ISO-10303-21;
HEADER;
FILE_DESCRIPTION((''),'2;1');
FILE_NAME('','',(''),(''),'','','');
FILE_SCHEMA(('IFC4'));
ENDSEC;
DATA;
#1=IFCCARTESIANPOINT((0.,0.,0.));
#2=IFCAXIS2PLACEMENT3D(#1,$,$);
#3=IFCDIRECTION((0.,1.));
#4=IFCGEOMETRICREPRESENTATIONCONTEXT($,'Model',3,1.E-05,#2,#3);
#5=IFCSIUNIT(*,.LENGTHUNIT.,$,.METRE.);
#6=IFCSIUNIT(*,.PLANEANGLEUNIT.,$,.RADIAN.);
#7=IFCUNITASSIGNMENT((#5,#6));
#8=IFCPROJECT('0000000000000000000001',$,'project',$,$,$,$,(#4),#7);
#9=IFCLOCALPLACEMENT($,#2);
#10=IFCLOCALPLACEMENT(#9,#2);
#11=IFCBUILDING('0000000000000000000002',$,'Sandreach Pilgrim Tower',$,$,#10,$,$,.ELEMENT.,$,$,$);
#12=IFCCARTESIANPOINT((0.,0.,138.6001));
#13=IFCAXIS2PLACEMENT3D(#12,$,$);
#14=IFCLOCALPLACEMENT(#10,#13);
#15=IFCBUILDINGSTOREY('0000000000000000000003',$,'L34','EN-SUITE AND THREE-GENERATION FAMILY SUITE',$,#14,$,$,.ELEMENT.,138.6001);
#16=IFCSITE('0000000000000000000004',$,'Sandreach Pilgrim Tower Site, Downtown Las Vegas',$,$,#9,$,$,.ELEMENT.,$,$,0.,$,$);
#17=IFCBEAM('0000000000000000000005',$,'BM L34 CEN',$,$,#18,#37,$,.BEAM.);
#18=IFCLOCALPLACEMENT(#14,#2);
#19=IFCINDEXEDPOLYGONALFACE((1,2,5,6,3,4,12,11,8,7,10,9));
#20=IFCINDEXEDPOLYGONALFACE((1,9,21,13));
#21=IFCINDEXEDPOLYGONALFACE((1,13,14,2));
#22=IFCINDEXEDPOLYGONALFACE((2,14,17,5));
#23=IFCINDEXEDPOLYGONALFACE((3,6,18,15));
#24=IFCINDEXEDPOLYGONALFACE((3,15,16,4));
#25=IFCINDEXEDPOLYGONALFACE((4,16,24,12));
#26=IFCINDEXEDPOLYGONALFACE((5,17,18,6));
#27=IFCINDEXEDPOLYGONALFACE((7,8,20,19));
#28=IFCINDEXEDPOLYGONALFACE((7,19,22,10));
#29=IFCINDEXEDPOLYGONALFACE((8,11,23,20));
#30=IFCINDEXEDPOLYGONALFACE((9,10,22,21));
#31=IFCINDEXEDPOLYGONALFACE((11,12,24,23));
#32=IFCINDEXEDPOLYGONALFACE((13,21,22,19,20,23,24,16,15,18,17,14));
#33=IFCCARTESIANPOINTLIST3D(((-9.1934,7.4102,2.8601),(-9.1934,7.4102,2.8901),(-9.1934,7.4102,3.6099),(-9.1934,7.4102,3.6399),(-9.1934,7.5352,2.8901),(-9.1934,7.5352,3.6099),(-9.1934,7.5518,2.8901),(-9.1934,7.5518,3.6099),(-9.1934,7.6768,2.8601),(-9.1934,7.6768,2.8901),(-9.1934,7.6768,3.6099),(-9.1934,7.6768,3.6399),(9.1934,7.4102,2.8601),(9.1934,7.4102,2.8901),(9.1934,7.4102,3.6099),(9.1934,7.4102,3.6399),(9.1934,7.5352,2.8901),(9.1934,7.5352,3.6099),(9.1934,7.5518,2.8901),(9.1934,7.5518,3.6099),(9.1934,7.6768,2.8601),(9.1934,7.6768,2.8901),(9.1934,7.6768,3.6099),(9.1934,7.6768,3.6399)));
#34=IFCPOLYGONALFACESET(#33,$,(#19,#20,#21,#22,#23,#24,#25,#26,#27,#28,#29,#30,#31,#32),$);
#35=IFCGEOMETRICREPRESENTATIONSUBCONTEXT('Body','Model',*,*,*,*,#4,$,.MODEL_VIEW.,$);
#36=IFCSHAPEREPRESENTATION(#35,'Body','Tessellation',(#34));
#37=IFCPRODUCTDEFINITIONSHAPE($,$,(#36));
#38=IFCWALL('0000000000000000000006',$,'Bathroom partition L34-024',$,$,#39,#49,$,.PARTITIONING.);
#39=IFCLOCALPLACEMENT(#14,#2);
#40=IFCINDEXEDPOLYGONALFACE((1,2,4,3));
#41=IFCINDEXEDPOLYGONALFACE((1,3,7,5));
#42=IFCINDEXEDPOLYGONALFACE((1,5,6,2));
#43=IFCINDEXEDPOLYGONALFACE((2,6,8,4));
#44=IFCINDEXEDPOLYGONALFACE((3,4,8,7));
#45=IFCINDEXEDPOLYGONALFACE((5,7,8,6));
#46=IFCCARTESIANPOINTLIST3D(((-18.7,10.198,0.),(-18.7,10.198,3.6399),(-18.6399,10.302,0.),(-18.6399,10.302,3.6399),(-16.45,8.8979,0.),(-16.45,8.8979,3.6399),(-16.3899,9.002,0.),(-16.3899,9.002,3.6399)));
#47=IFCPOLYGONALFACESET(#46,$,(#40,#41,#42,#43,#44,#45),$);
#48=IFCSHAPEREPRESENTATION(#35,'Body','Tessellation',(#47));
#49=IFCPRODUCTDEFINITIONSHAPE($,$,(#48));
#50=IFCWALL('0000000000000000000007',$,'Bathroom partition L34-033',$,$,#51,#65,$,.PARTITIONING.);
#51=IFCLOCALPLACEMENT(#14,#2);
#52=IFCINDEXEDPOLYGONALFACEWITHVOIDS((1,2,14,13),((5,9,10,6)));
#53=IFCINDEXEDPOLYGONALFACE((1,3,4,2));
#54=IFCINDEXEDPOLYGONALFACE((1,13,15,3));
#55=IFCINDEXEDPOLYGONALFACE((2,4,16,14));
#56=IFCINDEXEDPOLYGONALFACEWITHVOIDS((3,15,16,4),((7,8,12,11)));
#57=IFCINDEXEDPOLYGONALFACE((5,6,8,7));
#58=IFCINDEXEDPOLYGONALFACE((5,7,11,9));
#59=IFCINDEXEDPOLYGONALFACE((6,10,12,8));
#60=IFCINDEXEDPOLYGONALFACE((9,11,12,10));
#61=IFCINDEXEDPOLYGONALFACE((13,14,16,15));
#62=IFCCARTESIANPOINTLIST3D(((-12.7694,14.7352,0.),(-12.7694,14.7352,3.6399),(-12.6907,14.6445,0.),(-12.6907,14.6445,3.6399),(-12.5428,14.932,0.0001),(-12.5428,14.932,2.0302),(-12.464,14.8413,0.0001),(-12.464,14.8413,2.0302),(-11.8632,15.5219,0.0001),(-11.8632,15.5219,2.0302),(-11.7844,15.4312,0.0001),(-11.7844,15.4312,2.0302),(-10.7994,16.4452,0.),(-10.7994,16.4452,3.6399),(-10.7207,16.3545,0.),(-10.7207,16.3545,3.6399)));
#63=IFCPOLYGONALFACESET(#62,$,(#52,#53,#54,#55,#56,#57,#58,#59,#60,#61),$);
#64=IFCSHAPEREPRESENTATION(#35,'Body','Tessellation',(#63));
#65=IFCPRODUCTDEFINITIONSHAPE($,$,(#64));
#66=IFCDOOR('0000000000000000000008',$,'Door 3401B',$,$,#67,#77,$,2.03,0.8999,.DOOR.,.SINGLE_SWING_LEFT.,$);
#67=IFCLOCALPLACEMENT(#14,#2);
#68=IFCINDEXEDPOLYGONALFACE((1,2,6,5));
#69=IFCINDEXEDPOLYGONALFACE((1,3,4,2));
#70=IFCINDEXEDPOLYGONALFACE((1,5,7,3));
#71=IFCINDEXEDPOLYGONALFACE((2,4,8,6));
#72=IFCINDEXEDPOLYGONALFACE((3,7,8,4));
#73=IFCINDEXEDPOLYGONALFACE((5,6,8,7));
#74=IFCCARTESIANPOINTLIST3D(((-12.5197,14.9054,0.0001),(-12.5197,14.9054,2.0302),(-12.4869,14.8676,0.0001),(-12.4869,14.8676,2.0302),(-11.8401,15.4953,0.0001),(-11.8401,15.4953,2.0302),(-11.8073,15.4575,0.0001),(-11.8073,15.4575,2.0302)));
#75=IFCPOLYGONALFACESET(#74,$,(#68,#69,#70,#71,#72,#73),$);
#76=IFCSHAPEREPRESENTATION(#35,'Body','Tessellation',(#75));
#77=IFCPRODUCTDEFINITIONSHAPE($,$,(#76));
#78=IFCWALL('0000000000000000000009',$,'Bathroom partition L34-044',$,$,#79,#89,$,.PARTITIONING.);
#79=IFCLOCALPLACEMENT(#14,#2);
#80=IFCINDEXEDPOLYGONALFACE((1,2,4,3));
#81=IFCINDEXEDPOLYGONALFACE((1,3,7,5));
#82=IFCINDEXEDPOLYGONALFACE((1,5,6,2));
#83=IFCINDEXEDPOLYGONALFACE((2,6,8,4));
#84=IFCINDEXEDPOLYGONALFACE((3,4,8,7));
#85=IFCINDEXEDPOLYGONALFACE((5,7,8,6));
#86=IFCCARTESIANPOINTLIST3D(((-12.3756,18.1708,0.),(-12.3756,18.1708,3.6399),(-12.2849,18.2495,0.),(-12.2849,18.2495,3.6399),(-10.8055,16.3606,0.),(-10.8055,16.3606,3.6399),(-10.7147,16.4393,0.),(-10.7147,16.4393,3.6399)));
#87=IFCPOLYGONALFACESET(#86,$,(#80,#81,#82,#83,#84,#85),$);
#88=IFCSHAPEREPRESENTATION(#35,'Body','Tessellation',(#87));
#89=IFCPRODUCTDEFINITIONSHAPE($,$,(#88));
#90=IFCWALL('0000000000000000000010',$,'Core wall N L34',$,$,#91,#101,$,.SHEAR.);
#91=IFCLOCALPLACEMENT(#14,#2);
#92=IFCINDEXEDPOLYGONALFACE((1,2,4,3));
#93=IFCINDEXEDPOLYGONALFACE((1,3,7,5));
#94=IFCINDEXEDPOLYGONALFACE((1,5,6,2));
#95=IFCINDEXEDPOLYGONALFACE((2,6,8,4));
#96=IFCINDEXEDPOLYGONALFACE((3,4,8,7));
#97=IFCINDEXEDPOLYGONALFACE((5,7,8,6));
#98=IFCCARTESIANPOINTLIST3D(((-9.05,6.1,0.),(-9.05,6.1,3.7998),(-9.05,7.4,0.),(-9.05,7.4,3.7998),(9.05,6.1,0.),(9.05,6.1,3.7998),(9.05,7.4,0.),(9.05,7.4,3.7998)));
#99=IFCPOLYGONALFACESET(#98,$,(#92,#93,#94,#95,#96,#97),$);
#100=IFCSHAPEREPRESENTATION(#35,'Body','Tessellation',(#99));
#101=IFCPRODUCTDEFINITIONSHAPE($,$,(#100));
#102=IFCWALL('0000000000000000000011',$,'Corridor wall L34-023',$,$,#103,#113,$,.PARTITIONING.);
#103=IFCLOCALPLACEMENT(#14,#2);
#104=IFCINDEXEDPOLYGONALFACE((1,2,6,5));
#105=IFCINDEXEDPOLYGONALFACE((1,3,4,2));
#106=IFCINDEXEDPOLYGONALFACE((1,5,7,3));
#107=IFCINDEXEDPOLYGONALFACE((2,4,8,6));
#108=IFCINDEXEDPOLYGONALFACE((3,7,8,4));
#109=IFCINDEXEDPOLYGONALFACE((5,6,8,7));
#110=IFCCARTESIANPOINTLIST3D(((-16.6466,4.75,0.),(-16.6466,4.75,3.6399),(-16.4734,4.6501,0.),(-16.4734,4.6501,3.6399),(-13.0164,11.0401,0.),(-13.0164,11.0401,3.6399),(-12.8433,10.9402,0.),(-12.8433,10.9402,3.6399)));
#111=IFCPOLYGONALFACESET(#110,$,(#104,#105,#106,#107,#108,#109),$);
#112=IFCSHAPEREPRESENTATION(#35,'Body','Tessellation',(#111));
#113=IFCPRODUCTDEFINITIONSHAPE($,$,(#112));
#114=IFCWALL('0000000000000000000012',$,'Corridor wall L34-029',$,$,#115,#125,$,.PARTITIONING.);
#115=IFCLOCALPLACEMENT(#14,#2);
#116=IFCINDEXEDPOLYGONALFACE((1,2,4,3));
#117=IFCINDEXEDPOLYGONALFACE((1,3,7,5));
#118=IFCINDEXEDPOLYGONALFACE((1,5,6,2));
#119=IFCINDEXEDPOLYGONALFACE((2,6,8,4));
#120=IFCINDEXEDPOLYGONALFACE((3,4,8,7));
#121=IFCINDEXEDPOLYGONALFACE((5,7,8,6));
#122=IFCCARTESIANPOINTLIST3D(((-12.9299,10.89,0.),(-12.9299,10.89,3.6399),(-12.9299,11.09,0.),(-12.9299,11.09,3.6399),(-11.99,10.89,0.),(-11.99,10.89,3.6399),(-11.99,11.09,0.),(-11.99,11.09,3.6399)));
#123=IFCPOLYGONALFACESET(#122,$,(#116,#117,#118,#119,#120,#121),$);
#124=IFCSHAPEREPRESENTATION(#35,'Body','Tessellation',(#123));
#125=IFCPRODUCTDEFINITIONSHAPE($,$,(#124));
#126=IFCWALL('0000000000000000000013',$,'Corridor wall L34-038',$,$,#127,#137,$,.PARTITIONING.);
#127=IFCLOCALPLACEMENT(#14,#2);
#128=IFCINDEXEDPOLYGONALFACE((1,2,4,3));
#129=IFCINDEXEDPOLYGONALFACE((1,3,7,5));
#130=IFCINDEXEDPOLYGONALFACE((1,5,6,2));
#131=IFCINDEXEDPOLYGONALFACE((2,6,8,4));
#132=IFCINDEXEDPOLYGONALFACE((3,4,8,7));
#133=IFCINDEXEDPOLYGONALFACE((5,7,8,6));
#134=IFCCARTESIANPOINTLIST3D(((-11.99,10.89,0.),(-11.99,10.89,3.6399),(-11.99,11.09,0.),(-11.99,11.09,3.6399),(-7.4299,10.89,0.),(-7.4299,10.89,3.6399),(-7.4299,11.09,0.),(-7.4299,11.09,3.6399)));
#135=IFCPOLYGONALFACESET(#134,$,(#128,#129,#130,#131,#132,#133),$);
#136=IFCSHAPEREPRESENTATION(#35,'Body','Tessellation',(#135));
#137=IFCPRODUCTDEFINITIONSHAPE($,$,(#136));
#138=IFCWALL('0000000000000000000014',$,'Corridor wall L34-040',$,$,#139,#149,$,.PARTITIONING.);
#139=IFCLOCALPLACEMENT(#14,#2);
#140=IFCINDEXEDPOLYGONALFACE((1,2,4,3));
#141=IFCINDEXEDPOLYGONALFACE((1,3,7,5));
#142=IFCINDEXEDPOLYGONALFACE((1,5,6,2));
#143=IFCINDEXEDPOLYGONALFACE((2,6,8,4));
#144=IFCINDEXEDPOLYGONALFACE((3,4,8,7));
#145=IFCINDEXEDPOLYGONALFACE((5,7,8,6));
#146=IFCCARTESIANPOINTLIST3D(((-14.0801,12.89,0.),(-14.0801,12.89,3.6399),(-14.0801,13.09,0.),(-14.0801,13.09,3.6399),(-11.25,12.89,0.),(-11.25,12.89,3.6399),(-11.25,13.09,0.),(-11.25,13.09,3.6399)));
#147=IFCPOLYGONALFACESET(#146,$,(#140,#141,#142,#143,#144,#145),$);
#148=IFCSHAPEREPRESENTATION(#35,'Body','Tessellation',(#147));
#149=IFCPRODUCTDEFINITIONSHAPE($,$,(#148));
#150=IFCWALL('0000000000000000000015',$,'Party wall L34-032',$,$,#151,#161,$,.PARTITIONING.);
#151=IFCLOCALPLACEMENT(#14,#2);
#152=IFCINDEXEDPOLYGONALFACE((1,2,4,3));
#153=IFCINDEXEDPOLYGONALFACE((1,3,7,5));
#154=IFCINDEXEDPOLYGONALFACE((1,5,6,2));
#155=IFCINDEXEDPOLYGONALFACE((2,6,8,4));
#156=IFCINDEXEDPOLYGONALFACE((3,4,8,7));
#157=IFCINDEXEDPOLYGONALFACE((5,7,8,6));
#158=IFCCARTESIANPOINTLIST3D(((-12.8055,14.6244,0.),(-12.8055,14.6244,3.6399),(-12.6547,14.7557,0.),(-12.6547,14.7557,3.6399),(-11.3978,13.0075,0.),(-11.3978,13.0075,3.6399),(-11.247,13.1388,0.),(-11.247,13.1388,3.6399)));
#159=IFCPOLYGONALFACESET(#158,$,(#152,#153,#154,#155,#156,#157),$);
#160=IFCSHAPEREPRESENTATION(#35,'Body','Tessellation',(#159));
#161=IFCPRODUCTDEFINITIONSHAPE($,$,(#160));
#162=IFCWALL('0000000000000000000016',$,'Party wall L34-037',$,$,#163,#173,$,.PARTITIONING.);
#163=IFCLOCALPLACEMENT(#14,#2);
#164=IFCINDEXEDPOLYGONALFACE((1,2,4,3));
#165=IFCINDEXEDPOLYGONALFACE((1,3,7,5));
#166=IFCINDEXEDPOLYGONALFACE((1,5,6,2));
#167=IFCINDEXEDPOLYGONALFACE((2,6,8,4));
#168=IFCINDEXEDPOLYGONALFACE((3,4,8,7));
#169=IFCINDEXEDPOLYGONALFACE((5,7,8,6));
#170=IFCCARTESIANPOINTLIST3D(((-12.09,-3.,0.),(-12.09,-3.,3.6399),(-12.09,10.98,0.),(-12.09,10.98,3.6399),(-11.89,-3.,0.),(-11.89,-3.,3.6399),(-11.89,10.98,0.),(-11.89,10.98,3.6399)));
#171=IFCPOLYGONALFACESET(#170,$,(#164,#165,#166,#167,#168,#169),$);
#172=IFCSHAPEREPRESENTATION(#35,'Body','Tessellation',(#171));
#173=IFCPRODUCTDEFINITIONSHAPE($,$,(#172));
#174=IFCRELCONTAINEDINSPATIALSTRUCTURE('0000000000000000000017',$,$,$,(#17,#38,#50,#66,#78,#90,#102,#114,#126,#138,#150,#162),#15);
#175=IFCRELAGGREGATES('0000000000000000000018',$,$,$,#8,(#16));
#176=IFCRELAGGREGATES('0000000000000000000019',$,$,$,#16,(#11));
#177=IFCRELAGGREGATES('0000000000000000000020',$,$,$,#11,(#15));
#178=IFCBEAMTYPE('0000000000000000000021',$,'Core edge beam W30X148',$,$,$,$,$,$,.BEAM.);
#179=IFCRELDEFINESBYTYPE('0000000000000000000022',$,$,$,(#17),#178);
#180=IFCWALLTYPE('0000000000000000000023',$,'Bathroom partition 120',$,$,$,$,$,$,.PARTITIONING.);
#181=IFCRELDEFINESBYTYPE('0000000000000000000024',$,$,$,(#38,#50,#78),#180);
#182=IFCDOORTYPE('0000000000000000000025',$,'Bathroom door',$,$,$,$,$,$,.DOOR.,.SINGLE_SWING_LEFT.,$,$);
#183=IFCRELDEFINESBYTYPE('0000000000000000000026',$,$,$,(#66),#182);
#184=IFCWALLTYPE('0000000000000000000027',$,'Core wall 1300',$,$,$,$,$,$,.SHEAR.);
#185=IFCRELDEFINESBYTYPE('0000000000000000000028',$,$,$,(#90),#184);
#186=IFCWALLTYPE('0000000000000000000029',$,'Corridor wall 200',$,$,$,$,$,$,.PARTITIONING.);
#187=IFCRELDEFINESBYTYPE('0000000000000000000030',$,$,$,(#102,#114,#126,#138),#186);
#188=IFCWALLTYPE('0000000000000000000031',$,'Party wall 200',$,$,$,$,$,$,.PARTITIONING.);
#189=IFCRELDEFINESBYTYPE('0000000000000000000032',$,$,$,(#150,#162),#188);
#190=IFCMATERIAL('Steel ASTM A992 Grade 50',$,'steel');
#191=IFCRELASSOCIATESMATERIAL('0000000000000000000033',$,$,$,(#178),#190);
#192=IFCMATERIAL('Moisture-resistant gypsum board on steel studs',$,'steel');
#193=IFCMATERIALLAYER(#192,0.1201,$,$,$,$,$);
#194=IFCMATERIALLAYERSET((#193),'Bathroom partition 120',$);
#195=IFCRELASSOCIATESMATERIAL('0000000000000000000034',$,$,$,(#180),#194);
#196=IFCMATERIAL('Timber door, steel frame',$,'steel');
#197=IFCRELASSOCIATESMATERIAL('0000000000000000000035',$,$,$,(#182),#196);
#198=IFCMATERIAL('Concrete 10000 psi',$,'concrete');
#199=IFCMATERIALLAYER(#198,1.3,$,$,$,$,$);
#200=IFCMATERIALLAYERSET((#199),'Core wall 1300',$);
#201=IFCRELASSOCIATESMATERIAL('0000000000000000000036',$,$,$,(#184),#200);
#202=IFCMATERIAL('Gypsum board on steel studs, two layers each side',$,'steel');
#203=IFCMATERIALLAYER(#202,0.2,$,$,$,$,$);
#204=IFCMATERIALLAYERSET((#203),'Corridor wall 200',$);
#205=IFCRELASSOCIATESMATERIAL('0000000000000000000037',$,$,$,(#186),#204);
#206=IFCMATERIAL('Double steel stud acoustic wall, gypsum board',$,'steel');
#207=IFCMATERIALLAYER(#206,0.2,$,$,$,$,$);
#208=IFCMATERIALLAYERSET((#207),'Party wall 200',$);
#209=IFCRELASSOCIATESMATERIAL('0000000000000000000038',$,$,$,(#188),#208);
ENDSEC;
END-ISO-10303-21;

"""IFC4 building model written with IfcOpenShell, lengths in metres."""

from ifc_helpers import new_model, si_unit, direction, frame, frame_2d, origin, origin_2d, place, context, subcontext, project, spatial, rectangle, i_section, extrude, material, layer, layer_set, material_profile, profile_set, type_object, element, fill, save


model = new_model("IFC4")

# Units and contexts
model_context = context("Model", 3, precision=1e-05, world=origin(), true_north=direction((0.0, 1.0)))
body_context = subcontext(model_context, "Body", "Model", "MODEL_VIEW")
ifc_project = project(units=[si_unit("LENGTHUNIT", "METRE"), si_unit("PLANEANGLEUNIT", "RADIAN")], contexts=[model_context])

# Site, building, storey
site_placement = place(None, origin())
site = spatial("IfcSite", under=ifc_project, at=site_placement, Name="Sandreach Pilgrim Tower Site, Downtown Las Vegas", CompositionType="ELEMENT", RefElevation=0.0)
building_placement = place(site_placement, origin())
building = spatial("IfcBuilding", under=site, at=building_placement, Name="Sandreach Pilgrim Tower", CompositionType="ELEMENT")
storey_placement = place(building_placement, frame((0.0, 0.0, 138.6001)))
storey = spatial("IfcBuildingStorey", under=building, at=storey_placement, Name="L34", Description="EN-SUITE AND THREE-GENERATION FAMILY SUITE", CompositionType="ELEMENT", Elevation=138.6001)

# Beam
ifc_material_1 = material(Name="Steel ASTM A992 Grade 50", Category="steel")
ifc_material_profile = material_profile(ifc_material_1, i_section(OverallWidth=0.2666, OverallDepth=0.7798, WebThickness=0.0166, FlangeThickness=0.03, at=origin_2d()), Name="W30X148")
ifc_profile_set = profile_set([ifc_material_profile], Name="Steel ASTM A992 Grade 50")
beam_type = type_object("IfcBeamType", Name="Core edge beam W30X148", PredefinedType="BEAM", material=ifc_profile_set)
beam_placement = place(storey_placement, frame((-9.1934, 7.5435, 3.25), z_axis=(1.0, 0.0, 0.0), x_axis=(0.0, 1.0, 0.0)))
element("IfcBeam", 1, at=beam_placement, inside=storey, type_object=beam_type, Name="BM L34 CEN", PredefinedType="BEAM", context=body_context, shape_type="SweptSolid", body=[
    extrude(i_section(OverallWidth=0.2666, OverallDepth=0.7798, WebThickness=0.0166, FlangeThickness=0.03, at=origin_2d()), origin(), (0.0, 0.0, 1.0), 18.3867),
])

# Wall
ifc_material_2 = material(Name="Moisture-resistant gypsum board on steel studs", Category="steel")
ifc_layer_1 = layer(ifc_material_2, 0.1201)
ifc_layer_set_1 = layer_set([ifc_layer_1], Name="Bathroom partition 120")
wall_type_1 = type_object("IfcWallType", Name="Bathroom partition 120", PredefinedType="PARTITIONING", material=ifc_layer_set_1)
wall_1_placement = place(storey_placement, frame((-16.4199, 8.95, 0.0), z_axis=(0.0, 0.0, 1.0), x_axis=(-0.865857, 0.500292, 0.0)))
element("IfcWall", 2, at=wall_1_placement, inside=storey, type_object=wall_type_1, Name="Bathroom partition L34-024", PredefinedType="PARTITIONING", context=body_context, shape_type="SweptSolid", body=[
    extrude(rectangle(XDim=2.5986, YDim=0.1201, at=frame_2d((1.2993, 0.0))), origin(), (0.0, 0.0, 1.0), 3.6399),
])

# Wall, opening, door
wall_2_placement = place(storey_placement, frame((-12.73, 14.6899, 0.0), z_axis=(0.0, 0.0, 1.0), x_axis=(0.755186, 0.655511, 0.0)))
wall_2 = element("IfcWall", 3, at=wall_2_placement, inside=storey, type_object=wall_type_1, Name="Bathroom partition L34-033", PredefinedType="PARTITIONING", context=body_context, shape_type="SweptSolid", body=[
    extrude(rectangle(XDim=2.6086, YDim=0.1201, at=frame_2d((1.3042, 0.0))), origin(), (0.0, 0.0, 1.0), 3.6399),
])
opening_1_placement = place(wall_2_placement, frame((0.3, 0.0, 0.0)))
opening_1 = element("IfcOpeningElement", 4, at=opening_1_placement, cuts=wall_2, PredefinedType="OPENING", context=body_context, shape_type="SweptSolid", body=[
    extrude(rectangle(XDim=0.8999, YDim=2.03, at=frame_2d((0.45, 1.0151))), frame((0.0, 0.0601, 0.0), z_axis=(0.0, -1.0, 0.0), x_axis=(1.0, 0.0, 0.0)), (0.0, 0.0, 1.0), 0.1201),
])
ifc_material_3 = material(Name="Timber door, steel frame", Category="steel")
door_type_1 = type_object("IfcDoorType", Name="Bathroom door", OperationType="SINGLE_SWING_LEFT", PredefinedType="DOOR", material=ifc_material_3)
door_1_placement = place(opening_1_placement, origin())
door_1 = element("IfcDoor", 5, at=door_1_placement, inside=storey, type_object=door_type_1, Name="Door 3401B", OperationType="SINGLE_SWING_LEFT", OverallHeight=2.03, OverallWidth=0.8999, PredefinedType="DOOR", context=body_context, shape_type="SweptSolid", body=[
    extrude(rectangle(XDim=0.8999, YDim=2.03, at=frame_2d((0.45, 1.0151))), frame((0.0, 0.0249, 0.0), z_axis=(0.0, -1.0, 0.0), x_axis=(1.0, 0.0, 0.0)), (0.0, 0.0, 1.0), 0.05),
])
fill(opening_1, door_1)

# Wall
wall_3_placement = place(storey_placement, frame((-10.76, 16.3999, 0.0), z_axis=(0.0, 0.0, 1.0), x_axis=(-0.655252, 0.75541, 0.0)))
element("IfcWall", 6, at=wall_3_placement, inside=storey, type_object=wall_type_1, Name="Bathroom partition L34-044", PredefinedType="PARTITIONING", context=body_context, shape_type="SweptSolid", body=[
    extrude(rectangle(XDim=2.3962, YDim=0.1201, at=frame_2d((1.1982, 0.0))), origin(), (0.0, 0.0, 1.0), 3.6399),
])

# Walls
ifc_material_4 = material(Name="Concrete 10000 psi", Category="concrete")
ifc_layer_2 = layer(ifc_material_4, 1.3)
ifc_layer_set_2 = layer_set([ifc_layer_2], Name="Core wall 1300")
wall_type_2 = type_object("IfcWallType", Name="Core wall 1300", PredefinedType="SHEAR", material=ifc_layer_set_2)
wall_4_placement = place(storey_placement, frame((-9.05, 6.75, 0.0), z_axis=(0.0, 0.0, 1.0), x_axis=(1.0, 0.0, 0.0)))
element("IfcWall", 7, at=wall_4_placement, inside=storey, type_object=wall_type_2, Name="Core wall N L34", PredefinedType="SHEAR", context=body_context, shape_type="SweptSolid", body=[
    extrude(rectangle(XDim=18.1001, YDim=1.3, at=frame_2d((9.05, 0.0))), origin(), (0.0, 0.0, 1.0), 3.7998),
])
ifc_material_5 = material(Name="Gypsum board on steel studs, two layers each side", Category="steel")
ifc_layer_3 = layer(ifc_material_5, 0.2)
ifc_layer_set_3 = layer_set([ifc_layer_3], Name="Corridor wall 200")
wall_type_3 = type_object("IfcWallType", Name="Corridor wall 200", PredefinedType="PARTITIONING", material=ifc_layer_set_3)
wall_5_placement = place(storey_placement, frame((-16.5601, 4.7, 0.0), z_axis=(0.0, 0.0, 1.0), x_axis=(0.499852, 0.866111, 0.0)))
element("IfcWall", 8, at=wall_5_placement, inside=storey, type_object=wall_type_3, Name="Corridor wall L34-023", PredefinedType="PARTITIONING", context=body_context, shape_type="SweptSolid", body=[
    extrude(rectangle(XDim=7.2625, YDim=0.2, at=frame_2d((3.6313, 0.0))), origin(), (0.0, 0.0, 1.0), 3.6399),
])

# Walls
wall_6_placement = place(storey_placement, frame((-12.9299, 10.99, 0.0), z_axis=(0.0, 0.0, 1.0), x_axis=(1.0, 0.0, 0.0)))
element("IfcWall", 9, at=wall_6_placement, inside=storey, type_object=wall_type_3, Name="Corridor wall L34-029", PredefinedType="PARTITIONING", context=body_context, shape_type="SweptSolid", body=[
    extrude(rectangle(XDim=0.9399, YDim=0.2, at=frame_2d((0.47, 0.0))), origin(), (0.0, 0.0, 1.0), 3.6399),
])
wall_7_placement = place(storey_placement, frame((-11.99, 10.99, 0.0), z_axis=(0.0, 0.0, 1.0), x_axis=(1.0, 0.0, 0.0)))
element("IfcWall", 10, at=wall_7_placement, inside=storey, type_object=wall_type_3, Name="Corridor wall L34-038", PredefinedType="PARTITIONING", context=body_context, shape_type="SweptSolid", body=[
    extrude(rectangle(XDim=4.5601, YDim=0.2, at=frame_2d((2.28, 0.0))), origin(), (0.0, 0.0, 1.0), 3.6399),
])
wall_8_placement = place(storey_placement, frame((-11.25, 12.99, 0.0), z_axis=(0.0, 0.0, 1.0), x_axis=(-1.0, 0.0, 0.0)))
element("IfcWall", 11, at=wall_8_placement, inside=storey, type_object=wall_type_3, Name="Corridor wall L34-040", PredefinedType="PARTITIONING", context=body_context, shape_type="SweptSolid", body=[
    extrude(rectangle(XDim=2.8301, YDim=0.2, at=frame_2d((1.415, 0.0))), origin(), (0.0, 0.0, 1.0), 3.6399),
])

# Walls
ifc_material_6 = material(Name="Double steel stud acoustic wall, gypsum board", Category="steel")
ifc_layer_4 = layer(ifc_material_6, 0.2)
ifc_layer_set_4 = layer_set([ifc_layer_4], Name="Party wall 200")
wall_type_4 = type_object("IfcWallType", Name="Party wall 200", PredefinedType="PARTITIONING", material=ifc_layer_set_4)
wall_9_placement = place(storey_placement, frame((-12.73, 14.6899, 0.0), z_axis=(0.0, 0.0, 1.0), x_axis=(0.656624, -0.754218, 0.0)))
element("IfcWall", 12, at=wall_9_placement, inside=storey, type_object=wall_type_4, Name="Party wall L34-032", PredefinedType="PARTITIONING", context=body_context, shape_type="SweptSolid", body=[
    extrude(rectangle(XDim=2.1438, YDim=0.2, at=frame_2d((1.0718, 0.0))), origin(), (0.0, 0.0, 1.0), 3.6399),
])
wall_10_placement = place(storey_placement, frame((-11.99, 10.98, 0.0), z_axis=(0.0, 0.0, 1.0), x_axis=(0.0, -1.0, 0.0)))
element("IfcWall", 13, at=wall_10_placement, inside=storey, type_object=wall_type_4, Name="Party wall L34-037", PredefinedType="PARTITIONING", context=body_context, shape_type="SweptSolid", body=[
    extrude(rectangle(XDim=13.98, YDim=0.2, at=frame_2d((6.99, 0.0))), origin(), (0.0, 0.0, 1.0), 3.6399),
])

save(model, "model.ifc")
